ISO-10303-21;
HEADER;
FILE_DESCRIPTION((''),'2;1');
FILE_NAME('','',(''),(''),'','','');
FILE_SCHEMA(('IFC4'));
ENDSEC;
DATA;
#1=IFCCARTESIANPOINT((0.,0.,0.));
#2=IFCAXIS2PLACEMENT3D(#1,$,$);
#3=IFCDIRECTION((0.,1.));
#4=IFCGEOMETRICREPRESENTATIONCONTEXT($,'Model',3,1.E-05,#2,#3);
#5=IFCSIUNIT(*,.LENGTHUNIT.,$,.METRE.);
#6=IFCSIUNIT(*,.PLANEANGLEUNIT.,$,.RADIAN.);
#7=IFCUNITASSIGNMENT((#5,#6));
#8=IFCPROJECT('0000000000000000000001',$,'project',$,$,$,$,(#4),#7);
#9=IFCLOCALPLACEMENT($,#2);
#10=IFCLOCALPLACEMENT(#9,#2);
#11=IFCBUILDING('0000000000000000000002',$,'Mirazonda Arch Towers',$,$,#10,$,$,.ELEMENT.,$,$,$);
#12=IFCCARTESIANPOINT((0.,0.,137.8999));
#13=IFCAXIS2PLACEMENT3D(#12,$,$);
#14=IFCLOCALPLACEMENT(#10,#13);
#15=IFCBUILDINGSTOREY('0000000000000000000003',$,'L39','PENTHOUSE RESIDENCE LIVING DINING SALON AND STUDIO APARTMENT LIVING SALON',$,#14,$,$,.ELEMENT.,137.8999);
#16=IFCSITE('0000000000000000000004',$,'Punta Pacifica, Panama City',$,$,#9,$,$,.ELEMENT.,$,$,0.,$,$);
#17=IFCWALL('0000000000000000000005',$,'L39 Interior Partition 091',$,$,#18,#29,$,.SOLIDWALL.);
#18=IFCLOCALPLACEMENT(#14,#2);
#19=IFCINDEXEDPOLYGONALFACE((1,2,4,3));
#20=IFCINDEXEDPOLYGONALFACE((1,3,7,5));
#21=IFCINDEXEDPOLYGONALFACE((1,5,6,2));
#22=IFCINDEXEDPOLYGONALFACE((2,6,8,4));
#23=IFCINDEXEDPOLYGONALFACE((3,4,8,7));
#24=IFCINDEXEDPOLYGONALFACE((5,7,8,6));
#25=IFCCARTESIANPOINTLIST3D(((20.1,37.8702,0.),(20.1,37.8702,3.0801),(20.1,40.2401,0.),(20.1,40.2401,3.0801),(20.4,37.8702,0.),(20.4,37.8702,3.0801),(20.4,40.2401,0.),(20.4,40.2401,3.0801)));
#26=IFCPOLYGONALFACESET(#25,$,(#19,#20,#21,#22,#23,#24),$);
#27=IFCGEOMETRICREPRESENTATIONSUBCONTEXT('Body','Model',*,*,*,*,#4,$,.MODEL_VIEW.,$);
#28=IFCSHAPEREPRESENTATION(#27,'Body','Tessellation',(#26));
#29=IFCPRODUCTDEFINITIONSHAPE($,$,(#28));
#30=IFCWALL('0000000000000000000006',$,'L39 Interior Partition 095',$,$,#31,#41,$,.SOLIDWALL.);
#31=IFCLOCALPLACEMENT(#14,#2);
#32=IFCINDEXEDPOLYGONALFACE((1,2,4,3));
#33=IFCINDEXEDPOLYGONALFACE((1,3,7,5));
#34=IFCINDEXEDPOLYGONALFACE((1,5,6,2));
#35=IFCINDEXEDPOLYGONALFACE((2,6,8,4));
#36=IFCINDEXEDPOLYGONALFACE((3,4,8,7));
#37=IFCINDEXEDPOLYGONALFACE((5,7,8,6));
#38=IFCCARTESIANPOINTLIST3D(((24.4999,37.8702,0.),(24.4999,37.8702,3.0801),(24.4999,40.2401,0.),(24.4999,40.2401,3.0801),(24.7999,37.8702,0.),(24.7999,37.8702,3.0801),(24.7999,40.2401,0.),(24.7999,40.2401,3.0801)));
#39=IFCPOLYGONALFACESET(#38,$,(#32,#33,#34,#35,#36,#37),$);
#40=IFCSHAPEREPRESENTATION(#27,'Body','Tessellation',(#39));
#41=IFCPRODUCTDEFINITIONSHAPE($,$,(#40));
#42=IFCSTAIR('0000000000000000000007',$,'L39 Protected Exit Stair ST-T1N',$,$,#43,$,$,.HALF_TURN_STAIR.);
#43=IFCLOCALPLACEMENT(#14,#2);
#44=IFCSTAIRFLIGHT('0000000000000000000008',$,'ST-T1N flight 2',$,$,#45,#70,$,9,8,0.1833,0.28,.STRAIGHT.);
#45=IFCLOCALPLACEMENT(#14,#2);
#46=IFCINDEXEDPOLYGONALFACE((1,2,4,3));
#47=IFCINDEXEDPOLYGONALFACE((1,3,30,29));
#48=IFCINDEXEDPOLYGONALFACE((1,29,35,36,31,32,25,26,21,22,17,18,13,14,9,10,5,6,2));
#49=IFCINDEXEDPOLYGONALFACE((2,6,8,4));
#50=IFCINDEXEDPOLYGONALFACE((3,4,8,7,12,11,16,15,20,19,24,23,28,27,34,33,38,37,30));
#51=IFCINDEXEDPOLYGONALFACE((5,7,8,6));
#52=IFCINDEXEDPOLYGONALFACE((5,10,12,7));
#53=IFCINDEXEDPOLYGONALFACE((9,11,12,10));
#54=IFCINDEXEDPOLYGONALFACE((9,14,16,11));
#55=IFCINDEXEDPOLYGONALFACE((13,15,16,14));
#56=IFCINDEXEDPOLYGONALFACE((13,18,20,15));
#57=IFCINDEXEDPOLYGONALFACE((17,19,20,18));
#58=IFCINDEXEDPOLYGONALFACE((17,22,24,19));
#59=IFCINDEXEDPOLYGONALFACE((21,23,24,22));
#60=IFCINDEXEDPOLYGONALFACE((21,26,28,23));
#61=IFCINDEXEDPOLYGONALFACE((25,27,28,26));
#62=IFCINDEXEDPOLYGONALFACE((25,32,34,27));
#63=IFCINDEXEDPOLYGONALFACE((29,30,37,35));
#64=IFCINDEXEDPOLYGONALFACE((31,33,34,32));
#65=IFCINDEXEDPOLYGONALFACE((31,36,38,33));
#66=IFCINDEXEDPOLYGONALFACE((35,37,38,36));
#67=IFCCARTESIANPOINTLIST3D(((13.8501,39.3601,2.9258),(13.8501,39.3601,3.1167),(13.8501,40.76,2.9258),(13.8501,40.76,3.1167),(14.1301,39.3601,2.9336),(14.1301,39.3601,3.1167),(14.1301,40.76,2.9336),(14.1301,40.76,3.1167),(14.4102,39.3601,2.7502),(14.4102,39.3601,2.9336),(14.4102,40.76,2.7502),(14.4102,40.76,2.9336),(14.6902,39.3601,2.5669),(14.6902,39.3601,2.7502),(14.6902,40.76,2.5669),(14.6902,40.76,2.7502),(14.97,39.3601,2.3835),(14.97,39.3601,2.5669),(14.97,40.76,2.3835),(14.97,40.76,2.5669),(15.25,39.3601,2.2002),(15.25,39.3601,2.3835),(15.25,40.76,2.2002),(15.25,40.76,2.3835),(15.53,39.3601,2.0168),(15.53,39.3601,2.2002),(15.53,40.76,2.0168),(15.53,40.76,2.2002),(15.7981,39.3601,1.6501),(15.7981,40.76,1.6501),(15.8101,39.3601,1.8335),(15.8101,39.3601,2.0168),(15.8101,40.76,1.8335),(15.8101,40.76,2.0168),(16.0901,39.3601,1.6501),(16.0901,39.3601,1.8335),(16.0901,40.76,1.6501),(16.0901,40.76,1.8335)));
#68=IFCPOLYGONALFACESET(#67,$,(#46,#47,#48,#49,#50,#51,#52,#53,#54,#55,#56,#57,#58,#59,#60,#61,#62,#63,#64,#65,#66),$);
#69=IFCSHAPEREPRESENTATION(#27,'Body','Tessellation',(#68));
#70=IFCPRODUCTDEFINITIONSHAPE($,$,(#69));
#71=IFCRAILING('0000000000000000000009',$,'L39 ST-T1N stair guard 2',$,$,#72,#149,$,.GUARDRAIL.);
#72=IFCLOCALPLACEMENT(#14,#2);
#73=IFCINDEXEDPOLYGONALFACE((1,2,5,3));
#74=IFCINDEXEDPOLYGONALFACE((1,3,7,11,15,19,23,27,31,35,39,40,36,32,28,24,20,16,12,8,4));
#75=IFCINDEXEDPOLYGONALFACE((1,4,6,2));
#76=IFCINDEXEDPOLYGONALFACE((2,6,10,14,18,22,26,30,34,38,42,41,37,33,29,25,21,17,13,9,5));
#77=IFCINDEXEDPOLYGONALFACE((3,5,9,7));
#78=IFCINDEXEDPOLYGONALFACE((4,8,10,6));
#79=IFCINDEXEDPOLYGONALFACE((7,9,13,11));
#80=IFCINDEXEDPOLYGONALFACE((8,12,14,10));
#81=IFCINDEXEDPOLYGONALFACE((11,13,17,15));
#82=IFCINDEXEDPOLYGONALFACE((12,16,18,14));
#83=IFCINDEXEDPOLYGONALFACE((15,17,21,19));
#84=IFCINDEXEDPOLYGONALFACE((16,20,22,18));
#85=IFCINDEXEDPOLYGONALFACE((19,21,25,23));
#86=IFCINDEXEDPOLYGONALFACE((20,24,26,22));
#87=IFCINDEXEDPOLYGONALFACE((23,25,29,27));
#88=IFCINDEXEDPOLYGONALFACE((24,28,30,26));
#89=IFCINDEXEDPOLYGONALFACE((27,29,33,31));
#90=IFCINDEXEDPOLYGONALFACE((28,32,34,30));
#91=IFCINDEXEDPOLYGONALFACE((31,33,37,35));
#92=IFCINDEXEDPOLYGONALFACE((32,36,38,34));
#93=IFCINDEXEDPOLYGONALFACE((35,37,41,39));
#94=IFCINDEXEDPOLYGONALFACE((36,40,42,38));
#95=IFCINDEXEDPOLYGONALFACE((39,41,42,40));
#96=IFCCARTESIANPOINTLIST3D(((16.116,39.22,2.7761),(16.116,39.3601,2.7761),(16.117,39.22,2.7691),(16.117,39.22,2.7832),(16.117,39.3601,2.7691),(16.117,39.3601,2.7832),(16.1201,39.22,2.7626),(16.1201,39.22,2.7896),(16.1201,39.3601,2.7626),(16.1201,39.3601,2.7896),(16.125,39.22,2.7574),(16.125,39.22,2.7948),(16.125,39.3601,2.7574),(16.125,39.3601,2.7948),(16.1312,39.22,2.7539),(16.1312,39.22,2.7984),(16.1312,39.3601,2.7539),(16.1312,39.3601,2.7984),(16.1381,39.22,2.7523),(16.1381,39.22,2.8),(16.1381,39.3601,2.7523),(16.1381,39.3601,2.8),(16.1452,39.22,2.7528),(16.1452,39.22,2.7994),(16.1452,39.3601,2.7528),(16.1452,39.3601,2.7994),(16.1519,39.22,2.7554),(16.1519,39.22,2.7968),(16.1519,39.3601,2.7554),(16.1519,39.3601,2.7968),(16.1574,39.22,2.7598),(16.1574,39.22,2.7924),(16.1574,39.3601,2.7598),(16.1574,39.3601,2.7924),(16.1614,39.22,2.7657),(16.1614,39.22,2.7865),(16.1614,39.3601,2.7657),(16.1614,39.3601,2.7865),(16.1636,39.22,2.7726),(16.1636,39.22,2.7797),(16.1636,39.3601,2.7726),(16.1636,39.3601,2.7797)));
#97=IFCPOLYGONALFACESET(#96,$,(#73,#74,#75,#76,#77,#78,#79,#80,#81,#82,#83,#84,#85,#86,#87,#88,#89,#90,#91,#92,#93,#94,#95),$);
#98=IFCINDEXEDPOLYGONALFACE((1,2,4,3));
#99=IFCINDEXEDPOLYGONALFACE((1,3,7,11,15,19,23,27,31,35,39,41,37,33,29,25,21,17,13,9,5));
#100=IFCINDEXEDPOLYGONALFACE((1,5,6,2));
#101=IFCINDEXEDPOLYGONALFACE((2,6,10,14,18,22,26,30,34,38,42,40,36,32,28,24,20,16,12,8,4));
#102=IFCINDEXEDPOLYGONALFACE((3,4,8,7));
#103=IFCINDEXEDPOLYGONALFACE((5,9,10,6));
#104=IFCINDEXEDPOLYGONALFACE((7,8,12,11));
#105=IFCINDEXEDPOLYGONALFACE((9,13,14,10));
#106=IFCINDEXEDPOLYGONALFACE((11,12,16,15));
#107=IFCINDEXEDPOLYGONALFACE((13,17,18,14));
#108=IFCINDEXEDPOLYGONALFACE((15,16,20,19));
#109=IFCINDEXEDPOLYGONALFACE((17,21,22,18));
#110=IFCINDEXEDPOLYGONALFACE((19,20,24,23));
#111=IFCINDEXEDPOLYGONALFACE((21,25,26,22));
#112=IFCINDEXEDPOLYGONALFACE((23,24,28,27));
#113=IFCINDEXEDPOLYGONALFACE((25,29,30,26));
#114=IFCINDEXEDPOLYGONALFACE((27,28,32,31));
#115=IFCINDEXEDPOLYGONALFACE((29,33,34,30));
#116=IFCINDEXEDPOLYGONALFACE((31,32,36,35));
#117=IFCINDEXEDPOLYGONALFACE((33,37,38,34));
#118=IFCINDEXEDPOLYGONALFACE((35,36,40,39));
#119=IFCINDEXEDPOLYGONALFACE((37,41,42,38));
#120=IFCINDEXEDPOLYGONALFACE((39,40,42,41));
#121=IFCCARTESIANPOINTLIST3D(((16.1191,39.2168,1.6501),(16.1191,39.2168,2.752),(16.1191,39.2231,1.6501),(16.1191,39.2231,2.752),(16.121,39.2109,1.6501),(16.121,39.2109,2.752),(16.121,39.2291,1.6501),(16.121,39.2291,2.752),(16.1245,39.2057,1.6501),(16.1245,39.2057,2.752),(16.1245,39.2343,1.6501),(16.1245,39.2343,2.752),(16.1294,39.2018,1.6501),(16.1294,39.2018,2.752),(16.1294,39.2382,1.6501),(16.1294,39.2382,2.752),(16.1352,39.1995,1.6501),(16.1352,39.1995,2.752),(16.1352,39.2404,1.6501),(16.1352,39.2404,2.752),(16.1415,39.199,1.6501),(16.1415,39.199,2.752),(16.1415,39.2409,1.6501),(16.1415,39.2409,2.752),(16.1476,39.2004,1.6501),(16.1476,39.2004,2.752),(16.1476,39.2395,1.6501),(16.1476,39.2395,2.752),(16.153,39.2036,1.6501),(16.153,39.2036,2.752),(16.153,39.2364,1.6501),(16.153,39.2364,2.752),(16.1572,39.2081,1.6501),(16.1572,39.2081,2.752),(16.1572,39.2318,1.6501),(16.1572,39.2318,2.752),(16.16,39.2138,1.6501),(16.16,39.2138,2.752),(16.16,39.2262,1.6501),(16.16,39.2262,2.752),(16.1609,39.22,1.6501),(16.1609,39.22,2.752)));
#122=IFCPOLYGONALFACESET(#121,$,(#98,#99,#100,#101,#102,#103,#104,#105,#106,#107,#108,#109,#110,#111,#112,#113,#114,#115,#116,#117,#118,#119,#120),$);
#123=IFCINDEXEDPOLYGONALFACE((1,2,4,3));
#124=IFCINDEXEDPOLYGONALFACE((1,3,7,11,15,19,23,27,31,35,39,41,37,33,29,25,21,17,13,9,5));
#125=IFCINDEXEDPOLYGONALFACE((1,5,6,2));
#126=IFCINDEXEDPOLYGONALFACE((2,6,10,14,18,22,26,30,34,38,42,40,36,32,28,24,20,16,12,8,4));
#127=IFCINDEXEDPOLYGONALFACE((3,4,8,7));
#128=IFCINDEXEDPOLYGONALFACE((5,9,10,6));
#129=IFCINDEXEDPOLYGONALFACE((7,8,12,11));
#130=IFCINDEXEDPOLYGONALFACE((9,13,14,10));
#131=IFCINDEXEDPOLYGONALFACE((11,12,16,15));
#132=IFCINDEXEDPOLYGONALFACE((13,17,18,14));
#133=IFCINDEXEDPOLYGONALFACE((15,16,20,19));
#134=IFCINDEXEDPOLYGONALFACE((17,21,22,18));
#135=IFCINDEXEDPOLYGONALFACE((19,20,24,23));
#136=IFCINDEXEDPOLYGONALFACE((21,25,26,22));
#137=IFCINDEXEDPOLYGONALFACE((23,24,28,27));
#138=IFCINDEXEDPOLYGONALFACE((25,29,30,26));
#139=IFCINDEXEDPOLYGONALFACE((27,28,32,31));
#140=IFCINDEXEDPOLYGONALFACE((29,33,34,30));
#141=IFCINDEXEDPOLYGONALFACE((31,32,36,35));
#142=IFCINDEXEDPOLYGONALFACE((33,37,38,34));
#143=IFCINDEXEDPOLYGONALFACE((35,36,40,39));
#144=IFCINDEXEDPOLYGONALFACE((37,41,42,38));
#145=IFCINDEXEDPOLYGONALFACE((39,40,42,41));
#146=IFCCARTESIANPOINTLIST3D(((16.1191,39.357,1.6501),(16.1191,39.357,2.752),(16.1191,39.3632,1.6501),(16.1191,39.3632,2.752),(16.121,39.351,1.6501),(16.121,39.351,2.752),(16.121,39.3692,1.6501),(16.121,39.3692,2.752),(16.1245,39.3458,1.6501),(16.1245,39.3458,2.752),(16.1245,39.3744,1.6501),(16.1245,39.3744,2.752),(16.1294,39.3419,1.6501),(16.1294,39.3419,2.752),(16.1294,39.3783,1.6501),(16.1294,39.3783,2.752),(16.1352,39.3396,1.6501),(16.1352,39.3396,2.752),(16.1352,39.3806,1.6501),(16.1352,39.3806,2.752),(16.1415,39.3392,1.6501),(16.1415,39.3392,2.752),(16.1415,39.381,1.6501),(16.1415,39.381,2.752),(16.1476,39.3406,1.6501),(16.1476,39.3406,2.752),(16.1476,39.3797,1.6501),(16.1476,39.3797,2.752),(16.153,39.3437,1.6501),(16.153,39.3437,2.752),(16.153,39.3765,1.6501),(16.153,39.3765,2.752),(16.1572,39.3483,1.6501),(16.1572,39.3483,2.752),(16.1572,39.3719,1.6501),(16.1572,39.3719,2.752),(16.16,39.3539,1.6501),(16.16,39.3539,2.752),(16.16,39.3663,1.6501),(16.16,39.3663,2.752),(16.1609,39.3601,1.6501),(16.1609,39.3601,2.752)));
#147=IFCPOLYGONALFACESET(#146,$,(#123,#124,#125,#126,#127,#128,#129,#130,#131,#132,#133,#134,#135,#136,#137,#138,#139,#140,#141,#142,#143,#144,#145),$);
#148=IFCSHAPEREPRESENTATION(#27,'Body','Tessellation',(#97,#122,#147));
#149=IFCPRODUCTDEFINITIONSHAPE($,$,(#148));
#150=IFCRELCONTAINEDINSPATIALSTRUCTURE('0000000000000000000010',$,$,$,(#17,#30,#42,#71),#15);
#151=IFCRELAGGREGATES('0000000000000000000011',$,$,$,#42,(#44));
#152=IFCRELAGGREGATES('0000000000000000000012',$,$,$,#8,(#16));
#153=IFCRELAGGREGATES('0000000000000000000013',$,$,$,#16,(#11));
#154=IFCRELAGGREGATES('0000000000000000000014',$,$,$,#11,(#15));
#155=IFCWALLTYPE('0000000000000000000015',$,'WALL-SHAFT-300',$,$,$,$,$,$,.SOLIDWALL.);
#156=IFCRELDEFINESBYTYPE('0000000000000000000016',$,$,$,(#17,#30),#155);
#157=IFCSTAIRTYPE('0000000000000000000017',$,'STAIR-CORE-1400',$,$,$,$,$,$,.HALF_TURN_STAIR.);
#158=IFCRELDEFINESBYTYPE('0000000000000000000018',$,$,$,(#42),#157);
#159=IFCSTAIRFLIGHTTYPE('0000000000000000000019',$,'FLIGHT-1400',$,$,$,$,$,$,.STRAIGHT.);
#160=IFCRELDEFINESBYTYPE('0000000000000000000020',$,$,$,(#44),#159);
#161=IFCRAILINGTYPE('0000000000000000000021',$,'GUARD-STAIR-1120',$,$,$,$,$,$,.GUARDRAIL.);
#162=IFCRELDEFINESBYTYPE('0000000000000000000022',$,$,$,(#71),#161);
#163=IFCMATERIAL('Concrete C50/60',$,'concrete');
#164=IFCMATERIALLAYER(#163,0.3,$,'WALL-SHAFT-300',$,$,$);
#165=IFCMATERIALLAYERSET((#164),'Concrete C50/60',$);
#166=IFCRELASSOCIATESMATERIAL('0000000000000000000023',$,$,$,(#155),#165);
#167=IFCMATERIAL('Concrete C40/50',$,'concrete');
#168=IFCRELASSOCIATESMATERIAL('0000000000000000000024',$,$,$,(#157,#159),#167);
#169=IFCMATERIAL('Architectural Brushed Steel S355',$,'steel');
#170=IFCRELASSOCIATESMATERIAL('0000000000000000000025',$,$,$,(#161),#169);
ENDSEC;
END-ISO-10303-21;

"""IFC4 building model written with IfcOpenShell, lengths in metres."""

from ifc_helpers import new_model, si_unit, direction, frame, frame_2d, origin, origin_2d, place, context, subcontext, project, spatial, polyline, rectangle, circle, outline, extrude, material, layer, layer_set, type_object, element, aggregate, save


model = new_model("IFC4")

# Units and contexts
model_context = context("Model", 3, precision=1e-05, world=origin(), true_north=direction((0.0, 1.0)))
body_context = subcontext(model_context, "Body", "Model", "MODEL_VIEW")
ifc_project = project(units=[si_unit("LENGTHUNIT", "METRE"), si_unit("PLANEANGLEUNIT", "RADIAN")], contexts=[model_context])

# Site, building, storey
site_placement = place(None, origin())
site = spatial("IfcSite", under=ifc_project, at=site_placement, Name="Punta Pacifica, Panama City", CompositionType="ELEMENT", RefElevation=0.0)
building_placement = place(site_placement, origin())
building = spatial("IfcBuilding", under=site, at=building_placement, Name="Mirazonda Arch Towers", CompositionType="ELEMENT")
storey_placement = place(building_placement, frame((0.0, 0.0, 137.8999)))
storey = spatial("IfcBuildingStorey", under=building, at=storey_placement, Name="L39", Description="PENTHOUSE RESIDENCE LIVING DINING SALON AND STUDIO APARTMENT LIVING SALON", CompositionType="ELEMENT", Elevation=137.8999)

# Shared definitions
ifc_material_1 = material(Name="Concrete C50/60", Category="concrete")

# Shared definitions
ifc_material_2 = material(Name="Concrete C40/50", Category="concrete")

# Shared definitions
ifc_material_3 = material(Name="Architectural Brushed Steel S355", Category="steel")

# Walls
ifc_layer_1 = layer(ifc_material_1, 0.3, Name="WALL-SHAFT-300")
ifc_layer_set_1 = layer_set([ifc_layer_1], Name="Concrete C50/60")
wall_type_1 = type_object("IfcWallType", Name="WALL-SHAFT-300", PredefinedType="SOLIDWALL", material=ifc_layer_set_1)
for number, where, z_axis, x_axis, name in (
    (1, (20.25, 37.8701, 0.0), (0.0, 0.0, 1.0), (0.0, 1.0, 0.0), "L39 Interior Partition 091"),
    (2, (24.6499, 37.8701, 0.0), (0.0, 0.0, 1.0), (0.0, 1.0, 0.0), "L39 Interior Partition 095"),
):
    element("IfcWall", number, at=place(storey_placement, frame(where, z_axis=z_axis, x_axis=x_axis)), inside=storey, type_object=wall_type_1, Name=name, PredefinedType="SOLIDWALL", context=body_context, shape_type="SweptSolid", body=[
        extrude(rectangle(XDim=2.3699, YDim=0.3, at=frame_2d((1.1851, 0.0))), origin(), (0.0, 0.0, 1.0), 3.0801),
    ])

# Stair, stair flight
stair_type = type_object("IfcStairType", Name="STAIR-CORE-1400", PredefinedType="HALF_TURN_STAIR", material=ifc_material_2)
stair_placement = place(storey_placement, origin())
stair = element("IfcStair", 3, at=stair_placement, inside=storey, type_object=stair_type, Name="L39 Protected Exit Stair ST-T1N", PredefinedType="HALF_TURN_STAIR")
stair_flight_type = type_object("IfcStairFlightType", Name="FLIGHT-1400", PredefinedType="STRAIGHT", material=ifc_material_2)
stair_flight_placement = place(storey_placement, frame((16.0901, 40.0601, 1.6501), z_axis=(0.0, 0.0, 1.0), x_axis=(-1.0, 0.0, 0.0)))
stair_flight = element("IfcStairFlight", 4, at=stair_flight_placement, type_object=stair_flight_type, Name="ST-T1N flight 2", NumberOfRisers=9, NumberOfTreads=8, PredefinedType="STRAIGHT", RiserHeight=0.1833, TreadLength=0.28, context=body_context, shape_type="SweptSolid", body=[
    extrude(outline(polyline([(0.0, 0.0), (0.0, 0.1833), (0.28, 0.1833), (0.28, 0.3667), (0.5601, 0.3667), (0.5601, 0.55), (0.8401, 0.55), (0.8401, 0.7334), (1.1201, 0.7334), (1.1201, 0.9167), (1.3999, 0.9167), (1.3999, 1.1001), (1.6799, 1.1001), (1.6799, 1.2834), (1.96, 1.2834), (1.96, 1.4666), (2.24, 1.4666), (2.24, 1.6499), (2.24, 1.2756), (0.292, 0.0), (0.0, 0.0)])), frame((0.0, 0.7, 0.0), z_axis=(0.0, -1.0, 0.0), x_axis=(1.0, 0.0, 0.0)), (0.0, 0.0, 1.0), 1.3999),
])
aggregate(stair, [stair_flight])

# Railing
railing_type_1 = type_object("IfcRailingType", Name="GUARD-STAIR-1120", PredefinedType="GUARDRAIL", material=ifc_material_3)
railing_1_placement = place(storey_placement, frame((16.1399, 39.22, 1.6501)))
element("IfcRailing", 5, at=railing_1_placement, inside=storey, type_object=railing_type_1, Name="L39 ST-T1N stair guard 2", PredefinedType="GUARDRAIL", context=body_context, shape_type="SweptSolid", body=[
    extrude(circle(Radius=0.0239, at=origin_2d()), frame((0.0, 0.0, 1.126), z_axis=(0.0, 1.0, 0.0), x_axis=(-1.0, 0.0, 0.0)), (0.0, 0.0, 1.0), 0.1401),
    extrude(circle(Radius=0.021, at=origin_2d()), origin(), (0.0, 0.0, 1.0), 1.1018),
    extrude(circle(Radius=0.021, at=origin_2d()), frame((0.0, 0.1401, 0.0)), (0.0, 0.0, 1.0), 1.1018),
])

save(model, "model.ifc")
